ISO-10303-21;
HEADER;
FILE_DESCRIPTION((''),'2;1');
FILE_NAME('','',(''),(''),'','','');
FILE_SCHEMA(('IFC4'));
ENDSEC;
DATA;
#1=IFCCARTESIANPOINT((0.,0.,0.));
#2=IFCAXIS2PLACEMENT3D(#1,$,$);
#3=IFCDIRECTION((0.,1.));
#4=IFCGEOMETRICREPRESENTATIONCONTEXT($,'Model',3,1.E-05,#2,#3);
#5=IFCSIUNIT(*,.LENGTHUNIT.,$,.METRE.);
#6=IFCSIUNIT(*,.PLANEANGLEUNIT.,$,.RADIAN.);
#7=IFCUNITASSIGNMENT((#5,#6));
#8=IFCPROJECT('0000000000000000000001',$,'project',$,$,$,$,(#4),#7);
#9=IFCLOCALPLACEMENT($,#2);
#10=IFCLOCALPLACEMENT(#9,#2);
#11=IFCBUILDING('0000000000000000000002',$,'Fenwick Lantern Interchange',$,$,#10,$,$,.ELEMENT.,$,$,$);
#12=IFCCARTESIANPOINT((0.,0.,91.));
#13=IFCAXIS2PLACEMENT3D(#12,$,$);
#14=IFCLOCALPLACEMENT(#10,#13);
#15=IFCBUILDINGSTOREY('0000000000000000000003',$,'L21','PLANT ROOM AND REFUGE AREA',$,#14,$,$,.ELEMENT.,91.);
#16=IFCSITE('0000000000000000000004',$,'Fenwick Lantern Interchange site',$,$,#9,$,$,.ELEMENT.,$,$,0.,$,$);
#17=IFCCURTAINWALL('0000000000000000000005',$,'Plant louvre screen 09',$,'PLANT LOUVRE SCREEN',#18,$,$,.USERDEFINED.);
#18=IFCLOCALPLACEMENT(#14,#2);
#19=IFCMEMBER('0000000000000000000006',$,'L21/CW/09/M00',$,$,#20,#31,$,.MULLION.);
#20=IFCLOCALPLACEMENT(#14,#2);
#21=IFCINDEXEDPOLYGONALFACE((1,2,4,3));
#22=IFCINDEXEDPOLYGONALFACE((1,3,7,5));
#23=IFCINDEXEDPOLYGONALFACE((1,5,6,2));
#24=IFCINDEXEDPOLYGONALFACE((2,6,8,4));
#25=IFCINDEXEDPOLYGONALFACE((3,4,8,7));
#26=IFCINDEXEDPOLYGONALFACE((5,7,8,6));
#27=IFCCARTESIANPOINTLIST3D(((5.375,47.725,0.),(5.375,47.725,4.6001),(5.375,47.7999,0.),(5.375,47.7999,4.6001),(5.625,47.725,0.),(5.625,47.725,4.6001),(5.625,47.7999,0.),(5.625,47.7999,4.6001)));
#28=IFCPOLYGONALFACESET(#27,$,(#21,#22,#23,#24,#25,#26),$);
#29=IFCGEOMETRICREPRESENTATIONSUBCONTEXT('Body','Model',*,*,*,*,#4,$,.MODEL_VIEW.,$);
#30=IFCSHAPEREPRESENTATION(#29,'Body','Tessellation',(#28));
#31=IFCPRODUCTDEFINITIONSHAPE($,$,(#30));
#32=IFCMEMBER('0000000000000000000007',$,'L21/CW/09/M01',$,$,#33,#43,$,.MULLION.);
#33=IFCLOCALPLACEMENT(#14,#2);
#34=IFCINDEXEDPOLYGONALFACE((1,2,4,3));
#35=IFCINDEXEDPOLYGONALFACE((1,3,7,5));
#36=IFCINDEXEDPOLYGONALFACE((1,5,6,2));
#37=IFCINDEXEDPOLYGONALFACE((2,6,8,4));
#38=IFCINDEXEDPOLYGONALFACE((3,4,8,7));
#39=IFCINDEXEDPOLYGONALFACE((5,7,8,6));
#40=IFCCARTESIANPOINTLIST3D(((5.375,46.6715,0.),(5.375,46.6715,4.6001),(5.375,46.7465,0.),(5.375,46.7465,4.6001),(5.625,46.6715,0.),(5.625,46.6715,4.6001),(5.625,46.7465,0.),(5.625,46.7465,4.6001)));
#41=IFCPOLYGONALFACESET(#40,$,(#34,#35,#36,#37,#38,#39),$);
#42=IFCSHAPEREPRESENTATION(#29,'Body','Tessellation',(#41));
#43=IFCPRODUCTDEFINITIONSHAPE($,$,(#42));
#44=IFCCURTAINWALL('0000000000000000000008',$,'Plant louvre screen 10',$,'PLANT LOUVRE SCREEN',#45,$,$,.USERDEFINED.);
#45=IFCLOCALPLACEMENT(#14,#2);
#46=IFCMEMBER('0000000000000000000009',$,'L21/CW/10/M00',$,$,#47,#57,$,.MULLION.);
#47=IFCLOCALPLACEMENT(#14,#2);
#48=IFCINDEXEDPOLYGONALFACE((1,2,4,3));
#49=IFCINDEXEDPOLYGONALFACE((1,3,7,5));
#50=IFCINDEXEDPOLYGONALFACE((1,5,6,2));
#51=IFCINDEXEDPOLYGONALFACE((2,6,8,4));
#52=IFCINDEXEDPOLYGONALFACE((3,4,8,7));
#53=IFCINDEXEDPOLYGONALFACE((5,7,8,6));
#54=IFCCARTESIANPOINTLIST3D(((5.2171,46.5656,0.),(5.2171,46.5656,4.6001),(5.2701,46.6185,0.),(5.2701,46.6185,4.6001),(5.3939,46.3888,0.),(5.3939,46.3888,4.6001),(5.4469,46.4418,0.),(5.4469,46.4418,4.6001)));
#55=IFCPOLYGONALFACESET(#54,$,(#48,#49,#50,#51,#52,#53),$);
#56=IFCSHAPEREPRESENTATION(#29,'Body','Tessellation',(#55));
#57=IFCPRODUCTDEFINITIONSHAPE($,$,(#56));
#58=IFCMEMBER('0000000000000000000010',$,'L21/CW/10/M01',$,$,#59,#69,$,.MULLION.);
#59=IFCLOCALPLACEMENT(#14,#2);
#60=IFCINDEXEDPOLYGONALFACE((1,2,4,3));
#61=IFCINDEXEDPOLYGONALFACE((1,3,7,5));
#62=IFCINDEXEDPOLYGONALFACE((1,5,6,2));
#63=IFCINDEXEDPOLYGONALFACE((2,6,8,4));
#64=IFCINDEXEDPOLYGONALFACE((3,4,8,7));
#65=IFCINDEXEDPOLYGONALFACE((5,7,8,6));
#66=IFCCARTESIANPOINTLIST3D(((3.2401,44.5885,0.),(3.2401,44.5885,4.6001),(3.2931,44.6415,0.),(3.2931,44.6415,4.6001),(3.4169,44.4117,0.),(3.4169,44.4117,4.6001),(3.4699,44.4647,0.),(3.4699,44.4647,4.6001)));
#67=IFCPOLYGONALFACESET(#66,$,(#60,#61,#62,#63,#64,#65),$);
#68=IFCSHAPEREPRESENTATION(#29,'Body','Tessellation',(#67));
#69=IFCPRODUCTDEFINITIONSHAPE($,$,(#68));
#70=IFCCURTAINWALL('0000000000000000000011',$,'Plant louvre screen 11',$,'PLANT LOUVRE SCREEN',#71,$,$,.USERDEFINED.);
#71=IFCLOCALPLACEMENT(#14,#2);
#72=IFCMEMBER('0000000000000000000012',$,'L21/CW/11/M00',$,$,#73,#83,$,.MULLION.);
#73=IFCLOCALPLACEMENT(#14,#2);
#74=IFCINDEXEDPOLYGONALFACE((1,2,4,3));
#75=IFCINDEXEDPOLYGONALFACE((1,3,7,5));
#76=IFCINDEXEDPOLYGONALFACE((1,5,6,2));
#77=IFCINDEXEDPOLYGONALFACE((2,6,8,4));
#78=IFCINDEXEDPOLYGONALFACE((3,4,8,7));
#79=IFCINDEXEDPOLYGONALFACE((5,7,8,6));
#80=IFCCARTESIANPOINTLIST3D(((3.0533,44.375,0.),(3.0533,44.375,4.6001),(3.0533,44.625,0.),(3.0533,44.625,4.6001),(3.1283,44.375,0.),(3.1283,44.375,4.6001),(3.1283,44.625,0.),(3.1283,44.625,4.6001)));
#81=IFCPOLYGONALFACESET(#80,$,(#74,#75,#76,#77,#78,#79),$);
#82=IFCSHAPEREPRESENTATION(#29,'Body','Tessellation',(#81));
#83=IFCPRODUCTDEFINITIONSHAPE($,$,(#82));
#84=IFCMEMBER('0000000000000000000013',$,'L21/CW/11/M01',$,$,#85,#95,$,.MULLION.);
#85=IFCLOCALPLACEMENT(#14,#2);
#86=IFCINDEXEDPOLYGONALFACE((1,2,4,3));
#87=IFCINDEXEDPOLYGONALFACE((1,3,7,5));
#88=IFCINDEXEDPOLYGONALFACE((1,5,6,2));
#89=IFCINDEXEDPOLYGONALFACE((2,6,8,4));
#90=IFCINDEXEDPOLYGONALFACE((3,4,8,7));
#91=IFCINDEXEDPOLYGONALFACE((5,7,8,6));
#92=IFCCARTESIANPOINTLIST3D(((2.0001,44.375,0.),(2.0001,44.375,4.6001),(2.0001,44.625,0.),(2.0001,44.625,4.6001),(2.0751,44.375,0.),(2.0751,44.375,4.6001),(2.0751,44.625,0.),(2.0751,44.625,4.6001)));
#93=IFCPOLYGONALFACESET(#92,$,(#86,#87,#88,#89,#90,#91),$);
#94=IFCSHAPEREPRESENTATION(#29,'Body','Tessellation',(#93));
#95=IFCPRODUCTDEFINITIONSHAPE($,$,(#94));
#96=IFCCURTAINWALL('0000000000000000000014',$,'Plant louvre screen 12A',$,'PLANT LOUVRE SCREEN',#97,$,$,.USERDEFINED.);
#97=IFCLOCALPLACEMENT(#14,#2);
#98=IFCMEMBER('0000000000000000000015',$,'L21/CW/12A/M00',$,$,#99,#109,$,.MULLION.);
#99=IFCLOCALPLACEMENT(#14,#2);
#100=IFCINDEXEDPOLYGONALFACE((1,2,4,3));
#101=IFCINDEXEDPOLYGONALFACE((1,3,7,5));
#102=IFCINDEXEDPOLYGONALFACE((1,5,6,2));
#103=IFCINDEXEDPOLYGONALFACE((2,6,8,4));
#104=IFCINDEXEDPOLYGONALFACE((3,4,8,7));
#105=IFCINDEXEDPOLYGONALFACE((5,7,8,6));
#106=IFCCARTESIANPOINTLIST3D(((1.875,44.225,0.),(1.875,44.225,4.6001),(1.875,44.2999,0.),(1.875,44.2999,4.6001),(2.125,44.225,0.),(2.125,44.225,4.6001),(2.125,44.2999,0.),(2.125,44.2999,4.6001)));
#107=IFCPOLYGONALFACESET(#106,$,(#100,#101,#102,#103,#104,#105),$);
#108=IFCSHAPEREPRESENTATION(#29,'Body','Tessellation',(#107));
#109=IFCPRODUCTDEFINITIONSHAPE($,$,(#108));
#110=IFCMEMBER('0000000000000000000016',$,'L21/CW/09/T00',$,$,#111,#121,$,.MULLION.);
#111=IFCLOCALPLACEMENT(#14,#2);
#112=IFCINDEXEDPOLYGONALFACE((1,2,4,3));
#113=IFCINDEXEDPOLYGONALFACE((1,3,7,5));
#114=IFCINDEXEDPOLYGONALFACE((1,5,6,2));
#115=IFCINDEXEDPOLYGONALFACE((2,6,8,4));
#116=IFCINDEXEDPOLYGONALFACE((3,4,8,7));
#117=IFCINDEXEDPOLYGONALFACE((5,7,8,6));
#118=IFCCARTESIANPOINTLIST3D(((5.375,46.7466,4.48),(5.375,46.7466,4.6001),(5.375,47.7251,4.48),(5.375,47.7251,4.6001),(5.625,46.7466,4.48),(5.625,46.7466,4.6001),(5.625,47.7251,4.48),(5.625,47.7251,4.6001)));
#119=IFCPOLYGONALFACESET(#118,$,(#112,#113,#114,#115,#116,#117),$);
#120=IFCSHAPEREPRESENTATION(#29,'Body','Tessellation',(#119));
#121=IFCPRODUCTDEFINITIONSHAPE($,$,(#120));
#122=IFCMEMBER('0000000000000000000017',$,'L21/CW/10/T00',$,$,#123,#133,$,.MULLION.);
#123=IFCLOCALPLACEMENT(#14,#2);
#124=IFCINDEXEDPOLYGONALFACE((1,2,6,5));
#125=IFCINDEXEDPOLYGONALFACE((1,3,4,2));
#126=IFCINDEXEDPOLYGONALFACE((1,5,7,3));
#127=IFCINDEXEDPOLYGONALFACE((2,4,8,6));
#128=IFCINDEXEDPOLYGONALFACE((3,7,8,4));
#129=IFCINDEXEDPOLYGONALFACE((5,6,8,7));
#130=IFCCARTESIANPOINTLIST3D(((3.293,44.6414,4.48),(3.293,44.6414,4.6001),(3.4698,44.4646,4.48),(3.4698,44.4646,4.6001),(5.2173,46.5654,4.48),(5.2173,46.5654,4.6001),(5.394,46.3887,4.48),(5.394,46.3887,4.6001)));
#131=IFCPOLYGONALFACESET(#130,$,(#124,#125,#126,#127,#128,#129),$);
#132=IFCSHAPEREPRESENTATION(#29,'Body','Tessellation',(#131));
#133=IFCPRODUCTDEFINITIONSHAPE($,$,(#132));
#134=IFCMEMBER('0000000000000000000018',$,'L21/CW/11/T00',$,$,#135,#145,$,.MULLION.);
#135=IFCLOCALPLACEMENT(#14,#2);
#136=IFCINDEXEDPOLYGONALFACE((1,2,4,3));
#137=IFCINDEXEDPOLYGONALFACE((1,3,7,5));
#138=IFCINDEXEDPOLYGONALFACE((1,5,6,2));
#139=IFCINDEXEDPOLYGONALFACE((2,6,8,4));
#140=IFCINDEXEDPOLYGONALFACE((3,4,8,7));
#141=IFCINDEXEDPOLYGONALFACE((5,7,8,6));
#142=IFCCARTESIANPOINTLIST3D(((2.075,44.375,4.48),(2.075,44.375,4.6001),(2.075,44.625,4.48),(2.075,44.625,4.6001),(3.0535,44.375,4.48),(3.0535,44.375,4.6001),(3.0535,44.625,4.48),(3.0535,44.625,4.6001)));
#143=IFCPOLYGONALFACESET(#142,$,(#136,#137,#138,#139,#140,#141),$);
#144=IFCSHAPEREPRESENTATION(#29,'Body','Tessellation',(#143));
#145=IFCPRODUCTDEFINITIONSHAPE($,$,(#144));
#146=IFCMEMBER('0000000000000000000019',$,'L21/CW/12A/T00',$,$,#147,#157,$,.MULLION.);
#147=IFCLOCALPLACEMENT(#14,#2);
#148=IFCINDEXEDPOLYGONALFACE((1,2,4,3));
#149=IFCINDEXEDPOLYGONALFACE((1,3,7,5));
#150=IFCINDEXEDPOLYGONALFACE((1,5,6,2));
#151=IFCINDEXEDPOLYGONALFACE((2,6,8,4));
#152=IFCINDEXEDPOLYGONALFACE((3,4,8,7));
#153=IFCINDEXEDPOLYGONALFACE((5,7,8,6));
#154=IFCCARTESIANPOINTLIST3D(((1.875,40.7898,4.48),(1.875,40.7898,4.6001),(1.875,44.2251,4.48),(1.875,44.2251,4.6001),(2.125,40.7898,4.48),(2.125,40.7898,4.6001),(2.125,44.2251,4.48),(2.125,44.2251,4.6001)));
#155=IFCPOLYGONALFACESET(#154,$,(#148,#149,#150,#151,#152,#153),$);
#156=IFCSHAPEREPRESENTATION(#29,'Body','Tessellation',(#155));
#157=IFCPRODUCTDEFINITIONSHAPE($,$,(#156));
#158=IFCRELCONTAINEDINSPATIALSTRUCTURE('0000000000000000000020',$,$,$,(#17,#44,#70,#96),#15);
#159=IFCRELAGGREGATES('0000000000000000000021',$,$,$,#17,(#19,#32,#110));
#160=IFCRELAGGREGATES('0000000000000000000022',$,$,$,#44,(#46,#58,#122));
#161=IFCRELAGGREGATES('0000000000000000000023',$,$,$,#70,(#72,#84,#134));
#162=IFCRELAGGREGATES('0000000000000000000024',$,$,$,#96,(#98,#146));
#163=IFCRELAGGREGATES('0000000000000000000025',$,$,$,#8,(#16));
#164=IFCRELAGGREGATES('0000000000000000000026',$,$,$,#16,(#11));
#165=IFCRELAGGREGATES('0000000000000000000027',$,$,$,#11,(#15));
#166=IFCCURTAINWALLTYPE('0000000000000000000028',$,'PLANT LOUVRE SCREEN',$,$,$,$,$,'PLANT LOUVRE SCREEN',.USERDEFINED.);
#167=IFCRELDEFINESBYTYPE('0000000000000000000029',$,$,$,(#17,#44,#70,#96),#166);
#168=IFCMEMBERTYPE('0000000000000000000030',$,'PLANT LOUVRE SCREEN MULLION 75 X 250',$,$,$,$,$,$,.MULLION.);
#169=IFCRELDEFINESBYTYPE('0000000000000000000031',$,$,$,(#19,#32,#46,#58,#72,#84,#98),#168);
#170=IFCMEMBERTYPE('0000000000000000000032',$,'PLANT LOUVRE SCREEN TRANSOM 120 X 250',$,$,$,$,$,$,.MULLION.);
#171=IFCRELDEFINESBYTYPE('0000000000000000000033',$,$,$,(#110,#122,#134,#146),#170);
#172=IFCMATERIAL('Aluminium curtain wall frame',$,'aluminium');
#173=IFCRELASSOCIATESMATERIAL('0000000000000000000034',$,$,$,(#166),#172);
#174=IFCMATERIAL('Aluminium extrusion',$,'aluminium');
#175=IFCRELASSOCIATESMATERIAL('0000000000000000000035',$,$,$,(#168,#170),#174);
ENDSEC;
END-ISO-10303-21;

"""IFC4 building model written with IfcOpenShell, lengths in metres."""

from ifc_helpers import new_model, si_unit, direction, frame, origin, origin_2d, place, context, subcontext, project, spatial, rectangle, extrude, material, material_profile, profile_set, type_object, element, aggregate, save


model = new_model("IFC4")

# Units and contexts
model_context = context("Model", 3, precision=1e-05, world=origin(), true_north=direction((0.0, 1.0)))
body_context = subcontext(model_context, "Body", "Model", "MODEL_VIEW")
ifc_project = project(units=[si_unit("LENGTHUNIT", "METRE"), si_unit("PLANEANGLEUNIT", "RADIAN")], contexts=[model_context])

# Site, building, storey
site_placement = place(None, origin())
site = spatial("IfcSite", under=ifc_project, at=site_placement, Name="Fenwick Lantern Interchange site", CompositionType="ELEMENT", RefElevation=0.0)
building_placement = place(site_placement, origin())
building = spatial("IfcBuilding", under=site, at=building_placement, Name="Fenwick Lantern Interchange", CompositionType="ELEMENT")
storey_placement = place(building_placement, frame((0.0, 0.0, 91.0)))
storey = spatial("IfcBuildingStorey", under=building, at=storey_placement, Name="L21", Description="PLANT ROOM AND REFUGE AREA", CompositionType="ELEMENT", Elevation=91.0)

# Shared definitions
ifc_material_1 = material(Name="Aluminium curtain wall frame", Category="aluminium")
curtain_wall_type = type_object("IfcCurtainWallType", Name="PLANT LOUVRE SCREEN", ElementType="PLANT LOUVRE SCREEN", PredefinedType="USERDEFINED", material=ifc_material_1)
ifc_material_2 = material(Name="Aluminium extrusion", Category="aluminium")
ifc_material_profile_1 = material_profile(ifc_material_2, rectangle(XDim=0.25, YDim=0.075, at=origin_2d()), Name="PLANT LOUVRE SCREEN MULLION 75 X 250")
ifc_profile_set_1 = profile_set([ifc_material_profile_1], Name="Aluminium extrusion")
member_type_1 = type_object("IfcMemberType", Name="PLANT LOUVRE SCREEN MULLION 75 X 250", PredefinedType="MULLION", material=ifc_profile_set_1)

# Curtain walls, members
curtain_wall_1_placement = place(storey_placement, origin())
curtain_wall_1 = element("IfcCurtainWall", 1, at=curtain_wall_1_placement, inside=storey, type_object=curtain_wall_type, Name="Plant louvre screen 09", ObjectType="PLANT LOUVRE SCREEN", PredefinedType="USERDEFINED")
member_1_placement = place(storey_placement, frame((5.5, 47.7625, 0.0), z_axis=(0.0, 0.0, 1.0), x_axis=(1.0, 0.0, 0.0)))
member_1 = element("IfcMember", 2, at=member_1_placement, type_object=member_type_1, Name="L21/CW/09/M00", PredefinedType="MULLION", context=body_context, shape_type="SweptSolid", body=[
    extrude(rectangle(XDim=0.25, YDim=0.075, at=origin_2d()), origin(), (0.0, 0.0, 1.0), 4.6001),
])
member_2_placement = place(storey_placement, frame((5.5, 46.709, 0.0), z_axis=(0.0, 0.0, 1.0), x_axis=(1.0, 0.0, 0.0)))
member_2 = element("IfcMember", 3, at=member_2_placement, type_object=member_type_1, Name="L21/CW/09/M01", PredefinedType="MULLION", context=body_context, shape_type="SweptSolid", body=[
    extrude(rectangle(XDim=0.25, YDim=0.075, at=origin_2d()), origin(), (0.0, 0.0, 1.0), 4.6001),
])
curtain_wall_2_placement = place(storey_placement, origin())
curtain_wall_2 = element("IfcCurtainWall", 4, at=curtain_wall_2_placement, inside=storey, type_object=curtain_wall_type, Name="Plant louvre screen 10", ObjectType="PLANT LOUVRE SCREEN", PredefinedType="USERDEFINED")
member_3_placement = place(storey_placement, frame((5.332, 46.5037, 0.0), z_axis=(0.0, 0.0, 1.0), x_axis=(0.707107, -0.707107, 0.0)))
member_3 = element("IfcMember", 5, at=member_3_placement, type_object=member_type_1, Name="L21/CW/10/M00", PredefinedType="MULLION", context=body_context, shape_type="SweptSolid", body=[
    extrude(rectangle(XDim=0.25, YDim=0.075, at=origin_2d()), origin(), (0.0, 0.0, 1.0), 4.6001),
])
member_4_placement = place(storey_placement, frame((3.355, 44.5266, 0.0), z_axis=(0.0, 0.0, 1.0), x_axis=(0.707107, -0.707107, 0.0)))
member_4 = element("IfcMember", 6, at=member_4_placement, type_object=member_type_1, Name="L21/CW/10/M01", PredefinedType="MULLION", context=body_context, shape_type="SweptSolid", body=[
    extrude(rectangle(XDim=0.25, YDim=0.075, at=origin_2d()), origin(), (0.0, 0.0, 1.0), 4.6001),
])
curtain_wall_3_placement = place(storey_placement, origin())
curtain_wall_3 = element("IfcCurtainWall", 7, at=curtain_wall_3_placement, inside=storey, type_object=curtain_wall_type, Name="Plant louvre screen 11", ObjectType="PLANT LOUVRE SCREEN", PredefinedType="USERDEFINED")
member_5_placement = place(storey_placement, frame((3.0908, 44.5, 0.0), z_axis=(0.0, 0.0, 1.0), x_axis=(0.0, -1.0, 0.0)))
member_5 = element("IfcMember", 8, at=member_5_placement, type_object=member_type_1, Name="L21/CW/11/M00", PredefinedType="MULLION", context=body_context, shape_type="SweptSolid", body=[
    extrude(rectangle(XDim=0.25, YDim=0.075, at=origin_2d()), origin(), (0.0, 0.0, 1.0), 4.6001),
])
member_6_placement = place(storey_placement, frame((2.0376, 44.5, 0.0), z_axis=(0.0, 0.0, 1.0), x_axis=(0.0, -1.0, 0.0)))
member_6 = element("IfcMember", 9, at=member_6_placement, type_object=member_type_1, Name="L21/CW/11/M01", PredefinedType="MULLION", context=body_context, shape_type="SweptSolid", body=[
    extrude(rectangle(XDim=0.25, YDim=0.075, at=origin_2d()), origin(), (0.0, 0.0, 1.0), 4.6001),
])

# Curtain wall, member
curtain_wall_4_placement = place(storey_placement, origin())
curtain_wall_4 = element("IfcCurtainWall", 10, at=curtain_wall_4_placement, inside=storey, type_object=curtain_wall_type, Name="Plant louvre screen 12A", ObjectType="PLANT LOUVRE SCREEN", PredefinedType="USERDEFINED")
member_7_placement = place(storey_placement, frame((2.0, 44.2625, 0.0), z_axis=(0.0, 0.0, 1.0), x_axis=(1.0, 0.0, 0.0)))
member_7 = element("IfcMember", 11, at=member_7_placement, type_object=member_type_1, Name="L21/CW/12A/M00", PredefinedType="MULLION", context=body_context, shape_type="SweptSolid", body=[
    extrude(rectangle(XDim=0.25, YDim=0.075, at=origin_2d()), origin(), (0.0, 0.0, 1.0), 4.6001),
])

# Members
ifc_material_profile_2 = material_profile(ifc_material_2, rectangle(XDim=0.25, YDim=0.1201, at=origin_2d()), Name="PLANT LOUVRE SCREEN TRANSOM 120 X 250")
ifc_profile_set_2 = profile_set([ifc_material_profile_2], Name="Aluminium extrusion")
member_type_2 = type_object("IfcMemberType", Name="PLANT LOUVRE SCREEN TRANSOM 120 X 250", PredefinedType="MULLION", material=ifc_profile_set_2)
member_8_placement = place(storey_placement, frame((5.5, 47.7251, 4.54), z_axis=(0.0, -1.0, 0.0), x_axis=(1.0, 0.0, 0.0)))
member_8 = element("IfcMember", 12, at=member_8_placement, type_object=member_type_2, Name="L21/CW/09/T00", PredefinedType="MULLION", context=body_context, shape_type="SweptSolid", body=[
    extrude(rectangle(XDim=0.25, YDim=0.1201, at=origin_2d()), origin(), (0.0, 0.0, 1.0), 0.9785),
])
member_9_placement = place(storey_placement, frame((5.3057, 46.4771, 4.54), z_axis=(-0.707152, -0.707062, 0.0), x_axis=(0.707062, -0.707152, 0.0)))
member_9 = element("IfcMember", 13, at=member_9_placement, type_object=member_type_2, Name="L21/CW/10/T00", PredefinedType="MULLION", context=body_context, shape_type="SweptSolid", body=[
    extrude(rectangle(XDim=0.25, YDim=0.1201, at=origin_2d()), origin(), (0.0, 0.0, 1.0), 2.7212),
])
member_10_placement = place(storey_placement, frame((3.0535, 44.5, 4.54), z_axis=(-1.0, 0.0, 0.0), x_axis=(0.0, -1.0, 0.0)))
member_10 = element("IfcMember", 14, at=member_10_placement, type_object=member_type_2, Name="L21/CW/11/T00", PredefinedType="MULLION", context=body_context, shape_type="SweptSolid", body=[
    extrude(rectangle(XDim=0.25, YDim=0.1201, at=origin_2d()), origin(), (0.0, 0.0, 1.0), 0.9785),
])
member_11_placement = place(storey_placement, frame((2.0, 44.2251, 4.54), z_axis=(0.0, -1.0, 0.0), x_axis=(1.0, 0.0, 0.0)))
member_11 = element("IfcMember", 15, at=member_11_placement, type_object=member_type_2, Name="L21/CW/12A/T00", PredefinedType="MULLION", context=body_context, shape_type="SweptSolid", body=[
    extrude(rectangle(XDim=0.25, YDim=0.1201, at=origin_2d()), origin(), (0.0, 0.0, 1.0), 3.4353),
])

aggregate(curtain_wall_1, [member_1, member_2, member_8])
aggregate(curtain_wall_2, [member_3, member_4, member_9])
aggregate(curtain_wall_3, [member_5, member_6, member_10])
aggregate(curtain_wall_4, [member_7, member_11])

save(model, "model.ifc")
